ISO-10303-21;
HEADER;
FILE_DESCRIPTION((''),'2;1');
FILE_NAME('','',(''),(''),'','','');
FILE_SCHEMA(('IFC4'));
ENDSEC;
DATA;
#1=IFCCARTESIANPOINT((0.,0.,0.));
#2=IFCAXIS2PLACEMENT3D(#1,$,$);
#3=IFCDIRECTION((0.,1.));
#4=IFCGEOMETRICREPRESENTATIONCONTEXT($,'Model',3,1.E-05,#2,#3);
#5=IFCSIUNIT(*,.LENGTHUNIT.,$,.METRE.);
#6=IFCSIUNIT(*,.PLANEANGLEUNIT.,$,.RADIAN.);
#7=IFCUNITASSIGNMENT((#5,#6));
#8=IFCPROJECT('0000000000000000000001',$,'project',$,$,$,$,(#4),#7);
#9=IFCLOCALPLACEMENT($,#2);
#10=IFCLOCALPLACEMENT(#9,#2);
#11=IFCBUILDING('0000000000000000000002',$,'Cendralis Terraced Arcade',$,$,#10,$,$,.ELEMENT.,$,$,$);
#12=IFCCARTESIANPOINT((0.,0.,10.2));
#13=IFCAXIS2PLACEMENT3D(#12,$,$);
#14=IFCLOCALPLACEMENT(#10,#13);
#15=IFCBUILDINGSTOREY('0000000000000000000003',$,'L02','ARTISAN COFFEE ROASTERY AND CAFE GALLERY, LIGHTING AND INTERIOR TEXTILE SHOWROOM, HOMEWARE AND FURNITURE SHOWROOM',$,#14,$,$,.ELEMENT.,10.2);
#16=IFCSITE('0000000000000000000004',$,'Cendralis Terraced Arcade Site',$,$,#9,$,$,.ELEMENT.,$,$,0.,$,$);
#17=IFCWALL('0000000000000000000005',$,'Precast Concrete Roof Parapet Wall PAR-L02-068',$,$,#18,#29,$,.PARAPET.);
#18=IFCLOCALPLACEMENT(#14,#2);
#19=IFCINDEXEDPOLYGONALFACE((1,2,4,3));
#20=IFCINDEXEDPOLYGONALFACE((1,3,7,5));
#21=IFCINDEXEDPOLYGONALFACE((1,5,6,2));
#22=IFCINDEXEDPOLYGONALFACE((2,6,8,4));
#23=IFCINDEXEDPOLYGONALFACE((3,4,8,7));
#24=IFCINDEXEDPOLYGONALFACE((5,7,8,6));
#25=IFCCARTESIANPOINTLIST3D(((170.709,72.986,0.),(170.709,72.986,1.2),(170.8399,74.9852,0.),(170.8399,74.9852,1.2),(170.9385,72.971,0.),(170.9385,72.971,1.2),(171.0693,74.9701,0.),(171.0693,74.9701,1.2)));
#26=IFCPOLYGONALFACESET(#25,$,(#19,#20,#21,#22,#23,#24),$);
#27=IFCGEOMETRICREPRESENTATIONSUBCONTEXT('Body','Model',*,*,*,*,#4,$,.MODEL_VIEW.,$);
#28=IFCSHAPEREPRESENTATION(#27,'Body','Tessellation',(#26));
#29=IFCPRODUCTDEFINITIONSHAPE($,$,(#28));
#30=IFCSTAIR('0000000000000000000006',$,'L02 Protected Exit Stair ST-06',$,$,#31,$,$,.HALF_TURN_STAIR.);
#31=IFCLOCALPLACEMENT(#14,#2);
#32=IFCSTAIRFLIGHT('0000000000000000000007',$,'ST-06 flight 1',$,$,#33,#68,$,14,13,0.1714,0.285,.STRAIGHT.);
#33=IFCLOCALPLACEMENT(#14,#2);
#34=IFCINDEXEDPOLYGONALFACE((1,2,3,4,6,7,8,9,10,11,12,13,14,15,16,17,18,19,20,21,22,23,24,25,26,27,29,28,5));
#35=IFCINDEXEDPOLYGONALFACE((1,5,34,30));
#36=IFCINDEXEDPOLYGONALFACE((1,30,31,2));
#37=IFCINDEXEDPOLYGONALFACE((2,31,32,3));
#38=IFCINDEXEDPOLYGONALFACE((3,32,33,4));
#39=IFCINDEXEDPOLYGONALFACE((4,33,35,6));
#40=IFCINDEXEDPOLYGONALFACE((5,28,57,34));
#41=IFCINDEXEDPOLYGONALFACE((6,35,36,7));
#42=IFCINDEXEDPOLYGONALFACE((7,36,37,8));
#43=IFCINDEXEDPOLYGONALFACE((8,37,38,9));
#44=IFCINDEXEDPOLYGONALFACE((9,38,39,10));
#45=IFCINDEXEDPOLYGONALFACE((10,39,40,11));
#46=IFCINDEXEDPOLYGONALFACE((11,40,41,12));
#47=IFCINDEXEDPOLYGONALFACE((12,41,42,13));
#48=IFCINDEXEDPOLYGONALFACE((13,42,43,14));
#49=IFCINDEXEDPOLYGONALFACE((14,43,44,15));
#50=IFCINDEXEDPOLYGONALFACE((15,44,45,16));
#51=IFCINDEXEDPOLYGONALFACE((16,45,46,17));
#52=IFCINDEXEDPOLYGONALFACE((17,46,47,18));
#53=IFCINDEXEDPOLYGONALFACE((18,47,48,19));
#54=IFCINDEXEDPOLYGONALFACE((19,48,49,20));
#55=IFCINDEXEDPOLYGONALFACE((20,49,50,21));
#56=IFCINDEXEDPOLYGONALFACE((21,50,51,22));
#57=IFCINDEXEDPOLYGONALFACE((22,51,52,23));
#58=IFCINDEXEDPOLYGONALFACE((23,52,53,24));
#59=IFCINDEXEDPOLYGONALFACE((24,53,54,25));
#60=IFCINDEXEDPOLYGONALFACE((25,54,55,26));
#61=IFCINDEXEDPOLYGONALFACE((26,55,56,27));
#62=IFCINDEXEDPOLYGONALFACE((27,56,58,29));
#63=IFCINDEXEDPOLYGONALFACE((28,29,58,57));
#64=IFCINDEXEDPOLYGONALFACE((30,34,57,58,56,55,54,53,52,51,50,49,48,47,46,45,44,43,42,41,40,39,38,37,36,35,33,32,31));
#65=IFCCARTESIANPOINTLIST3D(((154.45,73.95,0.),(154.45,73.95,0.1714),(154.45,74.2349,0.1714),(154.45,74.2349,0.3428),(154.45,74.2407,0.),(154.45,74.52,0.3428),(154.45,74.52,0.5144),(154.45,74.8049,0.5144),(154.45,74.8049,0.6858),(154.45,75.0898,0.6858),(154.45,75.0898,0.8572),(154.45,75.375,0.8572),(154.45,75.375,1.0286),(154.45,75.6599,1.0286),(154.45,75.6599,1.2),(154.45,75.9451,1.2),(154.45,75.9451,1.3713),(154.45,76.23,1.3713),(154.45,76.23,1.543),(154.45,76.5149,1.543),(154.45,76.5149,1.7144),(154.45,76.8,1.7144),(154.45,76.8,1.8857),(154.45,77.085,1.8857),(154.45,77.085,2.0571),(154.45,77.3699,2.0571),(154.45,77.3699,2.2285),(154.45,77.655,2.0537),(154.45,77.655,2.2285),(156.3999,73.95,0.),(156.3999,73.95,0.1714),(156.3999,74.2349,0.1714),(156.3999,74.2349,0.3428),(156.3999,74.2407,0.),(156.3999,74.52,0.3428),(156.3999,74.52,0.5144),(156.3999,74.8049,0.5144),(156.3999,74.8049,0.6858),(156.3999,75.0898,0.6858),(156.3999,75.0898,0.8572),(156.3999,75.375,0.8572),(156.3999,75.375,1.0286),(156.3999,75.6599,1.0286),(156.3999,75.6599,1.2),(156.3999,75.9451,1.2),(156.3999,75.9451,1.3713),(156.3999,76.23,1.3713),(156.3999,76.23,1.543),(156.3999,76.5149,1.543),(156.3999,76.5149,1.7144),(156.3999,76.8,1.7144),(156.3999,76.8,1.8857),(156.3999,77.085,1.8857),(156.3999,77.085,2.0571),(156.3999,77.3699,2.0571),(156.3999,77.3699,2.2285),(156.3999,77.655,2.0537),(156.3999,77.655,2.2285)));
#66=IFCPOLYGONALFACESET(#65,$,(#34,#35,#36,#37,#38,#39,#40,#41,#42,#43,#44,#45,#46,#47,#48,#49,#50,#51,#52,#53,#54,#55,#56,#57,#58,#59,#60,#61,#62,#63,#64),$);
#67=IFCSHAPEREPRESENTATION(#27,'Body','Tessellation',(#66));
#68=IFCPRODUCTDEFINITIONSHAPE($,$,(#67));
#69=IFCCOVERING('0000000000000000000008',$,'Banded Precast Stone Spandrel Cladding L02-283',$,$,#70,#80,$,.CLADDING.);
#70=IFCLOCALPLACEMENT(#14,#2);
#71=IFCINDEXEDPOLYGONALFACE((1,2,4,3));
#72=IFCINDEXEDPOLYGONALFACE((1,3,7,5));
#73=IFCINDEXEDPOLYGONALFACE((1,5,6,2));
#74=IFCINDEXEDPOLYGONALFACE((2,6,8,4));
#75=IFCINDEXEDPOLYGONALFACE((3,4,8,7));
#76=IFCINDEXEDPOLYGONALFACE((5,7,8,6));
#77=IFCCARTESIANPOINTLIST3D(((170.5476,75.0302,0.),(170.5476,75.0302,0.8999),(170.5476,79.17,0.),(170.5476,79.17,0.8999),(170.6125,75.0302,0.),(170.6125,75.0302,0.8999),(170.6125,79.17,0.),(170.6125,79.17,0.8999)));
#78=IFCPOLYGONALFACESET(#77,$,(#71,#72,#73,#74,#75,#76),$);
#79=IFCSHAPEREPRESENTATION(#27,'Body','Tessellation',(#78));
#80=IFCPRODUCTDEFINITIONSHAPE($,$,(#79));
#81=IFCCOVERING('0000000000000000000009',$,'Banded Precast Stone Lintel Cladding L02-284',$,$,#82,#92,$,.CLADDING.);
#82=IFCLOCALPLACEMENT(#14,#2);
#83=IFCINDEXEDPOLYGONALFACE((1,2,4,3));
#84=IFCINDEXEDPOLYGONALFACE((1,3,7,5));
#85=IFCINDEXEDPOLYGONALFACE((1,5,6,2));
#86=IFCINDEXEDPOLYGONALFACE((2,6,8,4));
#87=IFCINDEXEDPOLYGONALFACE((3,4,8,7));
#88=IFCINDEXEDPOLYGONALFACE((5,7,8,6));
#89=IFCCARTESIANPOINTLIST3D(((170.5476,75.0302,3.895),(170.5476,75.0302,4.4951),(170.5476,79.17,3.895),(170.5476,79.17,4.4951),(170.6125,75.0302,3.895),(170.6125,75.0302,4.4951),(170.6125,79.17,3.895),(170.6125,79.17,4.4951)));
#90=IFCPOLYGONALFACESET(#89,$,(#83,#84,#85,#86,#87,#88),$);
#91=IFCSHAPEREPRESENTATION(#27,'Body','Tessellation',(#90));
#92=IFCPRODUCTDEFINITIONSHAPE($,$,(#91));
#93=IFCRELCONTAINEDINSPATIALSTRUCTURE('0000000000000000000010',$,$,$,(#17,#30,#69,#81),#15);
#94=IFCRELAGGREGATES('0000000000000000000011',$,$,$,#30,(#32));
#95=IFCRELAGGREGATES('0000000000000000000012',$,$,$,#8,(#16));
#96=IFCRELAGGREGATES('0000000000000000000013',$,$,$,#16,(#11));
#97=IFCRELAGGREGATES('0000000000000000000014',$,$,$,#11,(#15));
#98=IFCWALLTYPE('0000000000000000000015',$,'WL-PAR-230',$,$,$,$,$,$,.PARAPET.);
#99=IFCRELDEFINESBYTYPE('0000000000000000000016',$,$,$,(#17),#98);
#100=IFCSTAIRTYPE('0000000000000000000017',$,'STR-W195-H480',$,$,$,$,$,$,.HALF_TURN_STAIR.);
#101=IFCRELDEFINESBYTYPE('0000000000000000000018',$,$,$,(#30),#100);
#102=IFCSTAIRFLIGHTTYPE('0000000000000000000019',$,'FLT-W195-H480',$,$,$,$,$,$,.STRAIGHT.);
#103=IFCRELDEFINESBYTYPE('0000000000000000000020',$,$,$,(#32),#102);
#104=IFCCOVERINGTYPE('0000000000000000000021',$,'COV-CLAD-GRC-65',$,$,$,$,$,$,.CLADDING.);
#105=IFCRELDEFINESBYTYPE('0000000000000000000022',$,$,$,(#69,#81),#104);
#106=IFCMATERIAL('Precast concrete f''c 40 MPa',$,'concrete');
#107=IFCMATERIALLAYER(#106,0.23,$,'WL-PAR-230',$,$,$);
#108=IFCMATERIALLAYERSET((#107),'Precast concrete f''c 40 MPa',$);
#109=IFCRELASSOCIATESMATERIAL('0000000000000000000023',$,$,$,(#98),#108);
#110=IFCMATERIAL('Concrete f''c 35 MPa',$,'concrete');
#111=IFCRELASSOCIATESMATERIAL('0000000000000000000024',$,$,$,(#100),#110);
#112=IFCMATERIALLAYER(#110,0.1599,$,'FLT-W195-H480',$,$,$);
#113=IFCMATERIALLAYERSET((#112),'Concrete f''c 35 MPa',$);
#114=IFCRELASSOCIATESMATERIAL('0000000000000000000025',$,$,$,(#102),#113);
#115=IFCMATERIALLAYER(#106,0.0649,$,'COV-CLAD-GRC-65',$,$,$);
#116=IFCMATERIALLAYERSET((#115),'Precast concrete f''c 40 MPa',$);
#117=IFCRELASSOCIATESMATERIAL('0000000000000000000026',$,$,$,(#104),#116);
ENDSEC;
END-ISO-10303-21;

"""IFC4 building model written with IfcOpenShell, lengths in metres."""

from ifc_helpers import new_model, si_unit, direction, frame, frame_2d, origin, origin_2d, place, context, subcontext, project, spatial, polyline, rectangle, outline, extrude, material, layer, layer_set, type_object, element, aggregate, save


model = new_model("IFC4")

# Units and contexts
model_context = context("Model", 3, precision=1e-05, world=origin(), true_north=direction((0.0, 1.0)))
body_context = subcontext(model_context, "Body", "Model", "MODEL_VIEW")
ifc_project = project(units=[si_unit("LENGTHUNIT", "METRE"), si_unit("PLANEANGLEUNIT", "RADIAN")], contexts=[model_context])

# Site, building, storey
site_placement = place(None, origin())
site = spatial("IfcSite", under=ifc_project, at=site_placement, Name="Cendralis Terraced Arcade Site", CompositionType="ELEMENT", RefElevation=0.0)
building_placement = place(site_placement, origin())
building = spatial("IfcBuilding", under=site, at=building_placement, Name="Cendralis Terraced Arcade", CompositionType="ELEMENT")
storey_placement = place(building_placement, frame((0.0, 0.0, 10.2)))
storey = spatial("IfcBuildingStorey", under=building, at=storey_placement, Name="L02", Description="ARTISAN COFFEE ROASTERY AND CAFE GALLERY, LIGHTING AND INTERIOR TEXTILE SHOWROOM, HOMEWARE AND FURNITURE SHOWROOM", CompositionType="ELEMENT", Elevation=10.2)

# Wall
ifc_material_1 = material(Name="Precast concrete f'c 40 MPa", Category="concrete")
ifc_layer_1 = layer(ifc_material_1, 0.23, Name="WL-PAR-230")
ifc_layer_set_1 = layer_set([ifc_layer_1], Name="Precast concrete f'c 40 MPa")
wall_type = type_object("IfcWallType", Name="WL-PAR-230", PredefinedType="PARAPET", material=ifc_layer_set_1)
wall_1_placement = place(storey_placement, frame((170.8237, 72.9785, 0.0), z_axis=(0.0, 0.0, 1.0), x_axis=(0.065322, 0.997864, 0.0)))
element("IfcWall", 1, at=wall_1_placement, inside=storey, type_object=wall_type, Name="Precast Concrete Roof Parapet Wall PAR-L02-068", PredefinedType="PARAPET", context=body_context, shape_type="SweptSolid", body=[
    extrude(rectangle(XDim=2.0034, YDim=0.23, at=frame_2d((1.0017, 0.0))), origin(), (0.0, 0.0, 1.0), 1.2),
])

# Stair, stair flight
ifc_material_2 = material(Name="Concrete f'c 35 MPa", Category="concrete")
stair_type = type_object("IfcStairType", Name="STR-W195-H480", PredefinedType="HALF_TURN_STAIR", material=ifc_material_2)
stair_placement = place(storey_placement, origin())
stair = element("IfcStair", 2, at=stair_placement, inside=storey, type_object=stair_type, Name="L02 Protected Exit Stair ST-06", PredefinedType="HALF_TURN_STAIR")
ifc_layer_2 = layer(ifc_material_2, 0.1599, Name="FLT-W195-H480")
ifc_layer_set_2 = layer_set([ifc_layer_2], Name="Concrete f'c 35 MPa")
stair_flight_type = type_object("IfcStairFlightType", Name="FLT-W195-H480", PredefinedType="STRAIGHT", material=ifc_layer_set_2)
stair_flight_placement = place(storey_placement, frame((155.425, 73.95, 0.0), z_axis=(0.0, 0.0, 1.0), x_axis=(0.0, 1.0, 0.0)))
stair_flight = element("IfcStairFlight", 3, at=stair_flight_placement, type_object=stair_flight_type, Name="ST-06 flight 1", NumberOfRisers=14, NumberOfTreads=13, PredefinedType="STRAIGHT", RiserHeight=0.1714, TreadLength=0.285, context=body_context, shape_type="SweptSolid", body=[
    extrude(outline(polyline([(0.0, 0.0), (0.0, 0.1714), (0.2849, 0.1714), (0.2849, 0.3428), (0.5701, 0.3428), (0.5701, 0.5144), (0.855, 0.5144), (0.855, 0.6858), (1.1399, 0.6858), (1.1399, 0.8572), (1.425, 0.8572), (1.425, 1.0286), (1.71, 1.0286), (1.71, 1.2), (1.9951, 1.2), (1.9951, 1.3713), (2.28, 1.3713), (2.28, 1.543), (2.5649, 1.543), (2.5649, 1.7144), (2.8501, 1.7144), (2.8501, 1.8857), (3.135, 1.8857), (3.135, 2.0571), (3.4199, 2.0571), (3.4199, 2.2285), (3.7051, 2.2285), (3.7051, 2.3999), (3.7051, 2.0537), (0.2908, 0.0), (0.0, 0.0)])), frame((0.0, 0.9751, 0.0), z_axis=(0.0, -1.0, 0.0), x_axis=(1.0, 0.0, 0.0)), (0.0, 0.0, 1.0), 1.95),
])
aggregate(stair, [stair_flight])

# Coverings
ifc_layer_3 = layer(ifc_material_1, 0.0649, Name="COV-CLAD-GRC-65")
ifc_layer_set_3 = layer_set([ifc_layer_3], Name="Precast concrete f'c 40 MPa")
covering_type = type_object("IfcCoveringType", Name="COV-CLAD-GRC-65", PredefinedType="CLADDING", material=ifc_layer_set_3)
covering_1_placement = place(storey_placement, frame((170.5801, 77.1001, 0.0), z_axis=(0.0, 0.0, 1.0), x_axis=(0.0, -1.0, 0.0)))
element("IfcCovering", 4, at=covering_1_placement, inside=storey, type_object=covering_type, Name="Banded Precast Stone Spandrel Cladding L02-283", PredefinedType="CLADDING", context=body_context, shape_type="SweptSolid", body=[
    extrude(rectangle(XDim=4.1399, YDim=0.0649, at=origin_2d()), origin(), (0.0, 0.0, 1.0), 0.8999),
])
covering_2_placement = place(storey_placement, frame((170.5801, 77.1001, 3.895), z_axis=(0.0, 0.0, 1.0), x_axis=(0.0, -1.0, 0.0)))
element("IfcCovering", 5, at=covering_2_placement, inside=storey, type_object=covering_type, Name="Banded Precast Stone Lintel Cladding L02-284", PredefinedType="CLADDING", context=body_context, shape_type="SweptSolid", body=[
    extrude(rectangle(XDim=4.1399, YDim=0.0649, at=origin_2d()), origin(), (0.0, 0.0, 1.0), 0.6001),
])

save(model, "model.ifc")
